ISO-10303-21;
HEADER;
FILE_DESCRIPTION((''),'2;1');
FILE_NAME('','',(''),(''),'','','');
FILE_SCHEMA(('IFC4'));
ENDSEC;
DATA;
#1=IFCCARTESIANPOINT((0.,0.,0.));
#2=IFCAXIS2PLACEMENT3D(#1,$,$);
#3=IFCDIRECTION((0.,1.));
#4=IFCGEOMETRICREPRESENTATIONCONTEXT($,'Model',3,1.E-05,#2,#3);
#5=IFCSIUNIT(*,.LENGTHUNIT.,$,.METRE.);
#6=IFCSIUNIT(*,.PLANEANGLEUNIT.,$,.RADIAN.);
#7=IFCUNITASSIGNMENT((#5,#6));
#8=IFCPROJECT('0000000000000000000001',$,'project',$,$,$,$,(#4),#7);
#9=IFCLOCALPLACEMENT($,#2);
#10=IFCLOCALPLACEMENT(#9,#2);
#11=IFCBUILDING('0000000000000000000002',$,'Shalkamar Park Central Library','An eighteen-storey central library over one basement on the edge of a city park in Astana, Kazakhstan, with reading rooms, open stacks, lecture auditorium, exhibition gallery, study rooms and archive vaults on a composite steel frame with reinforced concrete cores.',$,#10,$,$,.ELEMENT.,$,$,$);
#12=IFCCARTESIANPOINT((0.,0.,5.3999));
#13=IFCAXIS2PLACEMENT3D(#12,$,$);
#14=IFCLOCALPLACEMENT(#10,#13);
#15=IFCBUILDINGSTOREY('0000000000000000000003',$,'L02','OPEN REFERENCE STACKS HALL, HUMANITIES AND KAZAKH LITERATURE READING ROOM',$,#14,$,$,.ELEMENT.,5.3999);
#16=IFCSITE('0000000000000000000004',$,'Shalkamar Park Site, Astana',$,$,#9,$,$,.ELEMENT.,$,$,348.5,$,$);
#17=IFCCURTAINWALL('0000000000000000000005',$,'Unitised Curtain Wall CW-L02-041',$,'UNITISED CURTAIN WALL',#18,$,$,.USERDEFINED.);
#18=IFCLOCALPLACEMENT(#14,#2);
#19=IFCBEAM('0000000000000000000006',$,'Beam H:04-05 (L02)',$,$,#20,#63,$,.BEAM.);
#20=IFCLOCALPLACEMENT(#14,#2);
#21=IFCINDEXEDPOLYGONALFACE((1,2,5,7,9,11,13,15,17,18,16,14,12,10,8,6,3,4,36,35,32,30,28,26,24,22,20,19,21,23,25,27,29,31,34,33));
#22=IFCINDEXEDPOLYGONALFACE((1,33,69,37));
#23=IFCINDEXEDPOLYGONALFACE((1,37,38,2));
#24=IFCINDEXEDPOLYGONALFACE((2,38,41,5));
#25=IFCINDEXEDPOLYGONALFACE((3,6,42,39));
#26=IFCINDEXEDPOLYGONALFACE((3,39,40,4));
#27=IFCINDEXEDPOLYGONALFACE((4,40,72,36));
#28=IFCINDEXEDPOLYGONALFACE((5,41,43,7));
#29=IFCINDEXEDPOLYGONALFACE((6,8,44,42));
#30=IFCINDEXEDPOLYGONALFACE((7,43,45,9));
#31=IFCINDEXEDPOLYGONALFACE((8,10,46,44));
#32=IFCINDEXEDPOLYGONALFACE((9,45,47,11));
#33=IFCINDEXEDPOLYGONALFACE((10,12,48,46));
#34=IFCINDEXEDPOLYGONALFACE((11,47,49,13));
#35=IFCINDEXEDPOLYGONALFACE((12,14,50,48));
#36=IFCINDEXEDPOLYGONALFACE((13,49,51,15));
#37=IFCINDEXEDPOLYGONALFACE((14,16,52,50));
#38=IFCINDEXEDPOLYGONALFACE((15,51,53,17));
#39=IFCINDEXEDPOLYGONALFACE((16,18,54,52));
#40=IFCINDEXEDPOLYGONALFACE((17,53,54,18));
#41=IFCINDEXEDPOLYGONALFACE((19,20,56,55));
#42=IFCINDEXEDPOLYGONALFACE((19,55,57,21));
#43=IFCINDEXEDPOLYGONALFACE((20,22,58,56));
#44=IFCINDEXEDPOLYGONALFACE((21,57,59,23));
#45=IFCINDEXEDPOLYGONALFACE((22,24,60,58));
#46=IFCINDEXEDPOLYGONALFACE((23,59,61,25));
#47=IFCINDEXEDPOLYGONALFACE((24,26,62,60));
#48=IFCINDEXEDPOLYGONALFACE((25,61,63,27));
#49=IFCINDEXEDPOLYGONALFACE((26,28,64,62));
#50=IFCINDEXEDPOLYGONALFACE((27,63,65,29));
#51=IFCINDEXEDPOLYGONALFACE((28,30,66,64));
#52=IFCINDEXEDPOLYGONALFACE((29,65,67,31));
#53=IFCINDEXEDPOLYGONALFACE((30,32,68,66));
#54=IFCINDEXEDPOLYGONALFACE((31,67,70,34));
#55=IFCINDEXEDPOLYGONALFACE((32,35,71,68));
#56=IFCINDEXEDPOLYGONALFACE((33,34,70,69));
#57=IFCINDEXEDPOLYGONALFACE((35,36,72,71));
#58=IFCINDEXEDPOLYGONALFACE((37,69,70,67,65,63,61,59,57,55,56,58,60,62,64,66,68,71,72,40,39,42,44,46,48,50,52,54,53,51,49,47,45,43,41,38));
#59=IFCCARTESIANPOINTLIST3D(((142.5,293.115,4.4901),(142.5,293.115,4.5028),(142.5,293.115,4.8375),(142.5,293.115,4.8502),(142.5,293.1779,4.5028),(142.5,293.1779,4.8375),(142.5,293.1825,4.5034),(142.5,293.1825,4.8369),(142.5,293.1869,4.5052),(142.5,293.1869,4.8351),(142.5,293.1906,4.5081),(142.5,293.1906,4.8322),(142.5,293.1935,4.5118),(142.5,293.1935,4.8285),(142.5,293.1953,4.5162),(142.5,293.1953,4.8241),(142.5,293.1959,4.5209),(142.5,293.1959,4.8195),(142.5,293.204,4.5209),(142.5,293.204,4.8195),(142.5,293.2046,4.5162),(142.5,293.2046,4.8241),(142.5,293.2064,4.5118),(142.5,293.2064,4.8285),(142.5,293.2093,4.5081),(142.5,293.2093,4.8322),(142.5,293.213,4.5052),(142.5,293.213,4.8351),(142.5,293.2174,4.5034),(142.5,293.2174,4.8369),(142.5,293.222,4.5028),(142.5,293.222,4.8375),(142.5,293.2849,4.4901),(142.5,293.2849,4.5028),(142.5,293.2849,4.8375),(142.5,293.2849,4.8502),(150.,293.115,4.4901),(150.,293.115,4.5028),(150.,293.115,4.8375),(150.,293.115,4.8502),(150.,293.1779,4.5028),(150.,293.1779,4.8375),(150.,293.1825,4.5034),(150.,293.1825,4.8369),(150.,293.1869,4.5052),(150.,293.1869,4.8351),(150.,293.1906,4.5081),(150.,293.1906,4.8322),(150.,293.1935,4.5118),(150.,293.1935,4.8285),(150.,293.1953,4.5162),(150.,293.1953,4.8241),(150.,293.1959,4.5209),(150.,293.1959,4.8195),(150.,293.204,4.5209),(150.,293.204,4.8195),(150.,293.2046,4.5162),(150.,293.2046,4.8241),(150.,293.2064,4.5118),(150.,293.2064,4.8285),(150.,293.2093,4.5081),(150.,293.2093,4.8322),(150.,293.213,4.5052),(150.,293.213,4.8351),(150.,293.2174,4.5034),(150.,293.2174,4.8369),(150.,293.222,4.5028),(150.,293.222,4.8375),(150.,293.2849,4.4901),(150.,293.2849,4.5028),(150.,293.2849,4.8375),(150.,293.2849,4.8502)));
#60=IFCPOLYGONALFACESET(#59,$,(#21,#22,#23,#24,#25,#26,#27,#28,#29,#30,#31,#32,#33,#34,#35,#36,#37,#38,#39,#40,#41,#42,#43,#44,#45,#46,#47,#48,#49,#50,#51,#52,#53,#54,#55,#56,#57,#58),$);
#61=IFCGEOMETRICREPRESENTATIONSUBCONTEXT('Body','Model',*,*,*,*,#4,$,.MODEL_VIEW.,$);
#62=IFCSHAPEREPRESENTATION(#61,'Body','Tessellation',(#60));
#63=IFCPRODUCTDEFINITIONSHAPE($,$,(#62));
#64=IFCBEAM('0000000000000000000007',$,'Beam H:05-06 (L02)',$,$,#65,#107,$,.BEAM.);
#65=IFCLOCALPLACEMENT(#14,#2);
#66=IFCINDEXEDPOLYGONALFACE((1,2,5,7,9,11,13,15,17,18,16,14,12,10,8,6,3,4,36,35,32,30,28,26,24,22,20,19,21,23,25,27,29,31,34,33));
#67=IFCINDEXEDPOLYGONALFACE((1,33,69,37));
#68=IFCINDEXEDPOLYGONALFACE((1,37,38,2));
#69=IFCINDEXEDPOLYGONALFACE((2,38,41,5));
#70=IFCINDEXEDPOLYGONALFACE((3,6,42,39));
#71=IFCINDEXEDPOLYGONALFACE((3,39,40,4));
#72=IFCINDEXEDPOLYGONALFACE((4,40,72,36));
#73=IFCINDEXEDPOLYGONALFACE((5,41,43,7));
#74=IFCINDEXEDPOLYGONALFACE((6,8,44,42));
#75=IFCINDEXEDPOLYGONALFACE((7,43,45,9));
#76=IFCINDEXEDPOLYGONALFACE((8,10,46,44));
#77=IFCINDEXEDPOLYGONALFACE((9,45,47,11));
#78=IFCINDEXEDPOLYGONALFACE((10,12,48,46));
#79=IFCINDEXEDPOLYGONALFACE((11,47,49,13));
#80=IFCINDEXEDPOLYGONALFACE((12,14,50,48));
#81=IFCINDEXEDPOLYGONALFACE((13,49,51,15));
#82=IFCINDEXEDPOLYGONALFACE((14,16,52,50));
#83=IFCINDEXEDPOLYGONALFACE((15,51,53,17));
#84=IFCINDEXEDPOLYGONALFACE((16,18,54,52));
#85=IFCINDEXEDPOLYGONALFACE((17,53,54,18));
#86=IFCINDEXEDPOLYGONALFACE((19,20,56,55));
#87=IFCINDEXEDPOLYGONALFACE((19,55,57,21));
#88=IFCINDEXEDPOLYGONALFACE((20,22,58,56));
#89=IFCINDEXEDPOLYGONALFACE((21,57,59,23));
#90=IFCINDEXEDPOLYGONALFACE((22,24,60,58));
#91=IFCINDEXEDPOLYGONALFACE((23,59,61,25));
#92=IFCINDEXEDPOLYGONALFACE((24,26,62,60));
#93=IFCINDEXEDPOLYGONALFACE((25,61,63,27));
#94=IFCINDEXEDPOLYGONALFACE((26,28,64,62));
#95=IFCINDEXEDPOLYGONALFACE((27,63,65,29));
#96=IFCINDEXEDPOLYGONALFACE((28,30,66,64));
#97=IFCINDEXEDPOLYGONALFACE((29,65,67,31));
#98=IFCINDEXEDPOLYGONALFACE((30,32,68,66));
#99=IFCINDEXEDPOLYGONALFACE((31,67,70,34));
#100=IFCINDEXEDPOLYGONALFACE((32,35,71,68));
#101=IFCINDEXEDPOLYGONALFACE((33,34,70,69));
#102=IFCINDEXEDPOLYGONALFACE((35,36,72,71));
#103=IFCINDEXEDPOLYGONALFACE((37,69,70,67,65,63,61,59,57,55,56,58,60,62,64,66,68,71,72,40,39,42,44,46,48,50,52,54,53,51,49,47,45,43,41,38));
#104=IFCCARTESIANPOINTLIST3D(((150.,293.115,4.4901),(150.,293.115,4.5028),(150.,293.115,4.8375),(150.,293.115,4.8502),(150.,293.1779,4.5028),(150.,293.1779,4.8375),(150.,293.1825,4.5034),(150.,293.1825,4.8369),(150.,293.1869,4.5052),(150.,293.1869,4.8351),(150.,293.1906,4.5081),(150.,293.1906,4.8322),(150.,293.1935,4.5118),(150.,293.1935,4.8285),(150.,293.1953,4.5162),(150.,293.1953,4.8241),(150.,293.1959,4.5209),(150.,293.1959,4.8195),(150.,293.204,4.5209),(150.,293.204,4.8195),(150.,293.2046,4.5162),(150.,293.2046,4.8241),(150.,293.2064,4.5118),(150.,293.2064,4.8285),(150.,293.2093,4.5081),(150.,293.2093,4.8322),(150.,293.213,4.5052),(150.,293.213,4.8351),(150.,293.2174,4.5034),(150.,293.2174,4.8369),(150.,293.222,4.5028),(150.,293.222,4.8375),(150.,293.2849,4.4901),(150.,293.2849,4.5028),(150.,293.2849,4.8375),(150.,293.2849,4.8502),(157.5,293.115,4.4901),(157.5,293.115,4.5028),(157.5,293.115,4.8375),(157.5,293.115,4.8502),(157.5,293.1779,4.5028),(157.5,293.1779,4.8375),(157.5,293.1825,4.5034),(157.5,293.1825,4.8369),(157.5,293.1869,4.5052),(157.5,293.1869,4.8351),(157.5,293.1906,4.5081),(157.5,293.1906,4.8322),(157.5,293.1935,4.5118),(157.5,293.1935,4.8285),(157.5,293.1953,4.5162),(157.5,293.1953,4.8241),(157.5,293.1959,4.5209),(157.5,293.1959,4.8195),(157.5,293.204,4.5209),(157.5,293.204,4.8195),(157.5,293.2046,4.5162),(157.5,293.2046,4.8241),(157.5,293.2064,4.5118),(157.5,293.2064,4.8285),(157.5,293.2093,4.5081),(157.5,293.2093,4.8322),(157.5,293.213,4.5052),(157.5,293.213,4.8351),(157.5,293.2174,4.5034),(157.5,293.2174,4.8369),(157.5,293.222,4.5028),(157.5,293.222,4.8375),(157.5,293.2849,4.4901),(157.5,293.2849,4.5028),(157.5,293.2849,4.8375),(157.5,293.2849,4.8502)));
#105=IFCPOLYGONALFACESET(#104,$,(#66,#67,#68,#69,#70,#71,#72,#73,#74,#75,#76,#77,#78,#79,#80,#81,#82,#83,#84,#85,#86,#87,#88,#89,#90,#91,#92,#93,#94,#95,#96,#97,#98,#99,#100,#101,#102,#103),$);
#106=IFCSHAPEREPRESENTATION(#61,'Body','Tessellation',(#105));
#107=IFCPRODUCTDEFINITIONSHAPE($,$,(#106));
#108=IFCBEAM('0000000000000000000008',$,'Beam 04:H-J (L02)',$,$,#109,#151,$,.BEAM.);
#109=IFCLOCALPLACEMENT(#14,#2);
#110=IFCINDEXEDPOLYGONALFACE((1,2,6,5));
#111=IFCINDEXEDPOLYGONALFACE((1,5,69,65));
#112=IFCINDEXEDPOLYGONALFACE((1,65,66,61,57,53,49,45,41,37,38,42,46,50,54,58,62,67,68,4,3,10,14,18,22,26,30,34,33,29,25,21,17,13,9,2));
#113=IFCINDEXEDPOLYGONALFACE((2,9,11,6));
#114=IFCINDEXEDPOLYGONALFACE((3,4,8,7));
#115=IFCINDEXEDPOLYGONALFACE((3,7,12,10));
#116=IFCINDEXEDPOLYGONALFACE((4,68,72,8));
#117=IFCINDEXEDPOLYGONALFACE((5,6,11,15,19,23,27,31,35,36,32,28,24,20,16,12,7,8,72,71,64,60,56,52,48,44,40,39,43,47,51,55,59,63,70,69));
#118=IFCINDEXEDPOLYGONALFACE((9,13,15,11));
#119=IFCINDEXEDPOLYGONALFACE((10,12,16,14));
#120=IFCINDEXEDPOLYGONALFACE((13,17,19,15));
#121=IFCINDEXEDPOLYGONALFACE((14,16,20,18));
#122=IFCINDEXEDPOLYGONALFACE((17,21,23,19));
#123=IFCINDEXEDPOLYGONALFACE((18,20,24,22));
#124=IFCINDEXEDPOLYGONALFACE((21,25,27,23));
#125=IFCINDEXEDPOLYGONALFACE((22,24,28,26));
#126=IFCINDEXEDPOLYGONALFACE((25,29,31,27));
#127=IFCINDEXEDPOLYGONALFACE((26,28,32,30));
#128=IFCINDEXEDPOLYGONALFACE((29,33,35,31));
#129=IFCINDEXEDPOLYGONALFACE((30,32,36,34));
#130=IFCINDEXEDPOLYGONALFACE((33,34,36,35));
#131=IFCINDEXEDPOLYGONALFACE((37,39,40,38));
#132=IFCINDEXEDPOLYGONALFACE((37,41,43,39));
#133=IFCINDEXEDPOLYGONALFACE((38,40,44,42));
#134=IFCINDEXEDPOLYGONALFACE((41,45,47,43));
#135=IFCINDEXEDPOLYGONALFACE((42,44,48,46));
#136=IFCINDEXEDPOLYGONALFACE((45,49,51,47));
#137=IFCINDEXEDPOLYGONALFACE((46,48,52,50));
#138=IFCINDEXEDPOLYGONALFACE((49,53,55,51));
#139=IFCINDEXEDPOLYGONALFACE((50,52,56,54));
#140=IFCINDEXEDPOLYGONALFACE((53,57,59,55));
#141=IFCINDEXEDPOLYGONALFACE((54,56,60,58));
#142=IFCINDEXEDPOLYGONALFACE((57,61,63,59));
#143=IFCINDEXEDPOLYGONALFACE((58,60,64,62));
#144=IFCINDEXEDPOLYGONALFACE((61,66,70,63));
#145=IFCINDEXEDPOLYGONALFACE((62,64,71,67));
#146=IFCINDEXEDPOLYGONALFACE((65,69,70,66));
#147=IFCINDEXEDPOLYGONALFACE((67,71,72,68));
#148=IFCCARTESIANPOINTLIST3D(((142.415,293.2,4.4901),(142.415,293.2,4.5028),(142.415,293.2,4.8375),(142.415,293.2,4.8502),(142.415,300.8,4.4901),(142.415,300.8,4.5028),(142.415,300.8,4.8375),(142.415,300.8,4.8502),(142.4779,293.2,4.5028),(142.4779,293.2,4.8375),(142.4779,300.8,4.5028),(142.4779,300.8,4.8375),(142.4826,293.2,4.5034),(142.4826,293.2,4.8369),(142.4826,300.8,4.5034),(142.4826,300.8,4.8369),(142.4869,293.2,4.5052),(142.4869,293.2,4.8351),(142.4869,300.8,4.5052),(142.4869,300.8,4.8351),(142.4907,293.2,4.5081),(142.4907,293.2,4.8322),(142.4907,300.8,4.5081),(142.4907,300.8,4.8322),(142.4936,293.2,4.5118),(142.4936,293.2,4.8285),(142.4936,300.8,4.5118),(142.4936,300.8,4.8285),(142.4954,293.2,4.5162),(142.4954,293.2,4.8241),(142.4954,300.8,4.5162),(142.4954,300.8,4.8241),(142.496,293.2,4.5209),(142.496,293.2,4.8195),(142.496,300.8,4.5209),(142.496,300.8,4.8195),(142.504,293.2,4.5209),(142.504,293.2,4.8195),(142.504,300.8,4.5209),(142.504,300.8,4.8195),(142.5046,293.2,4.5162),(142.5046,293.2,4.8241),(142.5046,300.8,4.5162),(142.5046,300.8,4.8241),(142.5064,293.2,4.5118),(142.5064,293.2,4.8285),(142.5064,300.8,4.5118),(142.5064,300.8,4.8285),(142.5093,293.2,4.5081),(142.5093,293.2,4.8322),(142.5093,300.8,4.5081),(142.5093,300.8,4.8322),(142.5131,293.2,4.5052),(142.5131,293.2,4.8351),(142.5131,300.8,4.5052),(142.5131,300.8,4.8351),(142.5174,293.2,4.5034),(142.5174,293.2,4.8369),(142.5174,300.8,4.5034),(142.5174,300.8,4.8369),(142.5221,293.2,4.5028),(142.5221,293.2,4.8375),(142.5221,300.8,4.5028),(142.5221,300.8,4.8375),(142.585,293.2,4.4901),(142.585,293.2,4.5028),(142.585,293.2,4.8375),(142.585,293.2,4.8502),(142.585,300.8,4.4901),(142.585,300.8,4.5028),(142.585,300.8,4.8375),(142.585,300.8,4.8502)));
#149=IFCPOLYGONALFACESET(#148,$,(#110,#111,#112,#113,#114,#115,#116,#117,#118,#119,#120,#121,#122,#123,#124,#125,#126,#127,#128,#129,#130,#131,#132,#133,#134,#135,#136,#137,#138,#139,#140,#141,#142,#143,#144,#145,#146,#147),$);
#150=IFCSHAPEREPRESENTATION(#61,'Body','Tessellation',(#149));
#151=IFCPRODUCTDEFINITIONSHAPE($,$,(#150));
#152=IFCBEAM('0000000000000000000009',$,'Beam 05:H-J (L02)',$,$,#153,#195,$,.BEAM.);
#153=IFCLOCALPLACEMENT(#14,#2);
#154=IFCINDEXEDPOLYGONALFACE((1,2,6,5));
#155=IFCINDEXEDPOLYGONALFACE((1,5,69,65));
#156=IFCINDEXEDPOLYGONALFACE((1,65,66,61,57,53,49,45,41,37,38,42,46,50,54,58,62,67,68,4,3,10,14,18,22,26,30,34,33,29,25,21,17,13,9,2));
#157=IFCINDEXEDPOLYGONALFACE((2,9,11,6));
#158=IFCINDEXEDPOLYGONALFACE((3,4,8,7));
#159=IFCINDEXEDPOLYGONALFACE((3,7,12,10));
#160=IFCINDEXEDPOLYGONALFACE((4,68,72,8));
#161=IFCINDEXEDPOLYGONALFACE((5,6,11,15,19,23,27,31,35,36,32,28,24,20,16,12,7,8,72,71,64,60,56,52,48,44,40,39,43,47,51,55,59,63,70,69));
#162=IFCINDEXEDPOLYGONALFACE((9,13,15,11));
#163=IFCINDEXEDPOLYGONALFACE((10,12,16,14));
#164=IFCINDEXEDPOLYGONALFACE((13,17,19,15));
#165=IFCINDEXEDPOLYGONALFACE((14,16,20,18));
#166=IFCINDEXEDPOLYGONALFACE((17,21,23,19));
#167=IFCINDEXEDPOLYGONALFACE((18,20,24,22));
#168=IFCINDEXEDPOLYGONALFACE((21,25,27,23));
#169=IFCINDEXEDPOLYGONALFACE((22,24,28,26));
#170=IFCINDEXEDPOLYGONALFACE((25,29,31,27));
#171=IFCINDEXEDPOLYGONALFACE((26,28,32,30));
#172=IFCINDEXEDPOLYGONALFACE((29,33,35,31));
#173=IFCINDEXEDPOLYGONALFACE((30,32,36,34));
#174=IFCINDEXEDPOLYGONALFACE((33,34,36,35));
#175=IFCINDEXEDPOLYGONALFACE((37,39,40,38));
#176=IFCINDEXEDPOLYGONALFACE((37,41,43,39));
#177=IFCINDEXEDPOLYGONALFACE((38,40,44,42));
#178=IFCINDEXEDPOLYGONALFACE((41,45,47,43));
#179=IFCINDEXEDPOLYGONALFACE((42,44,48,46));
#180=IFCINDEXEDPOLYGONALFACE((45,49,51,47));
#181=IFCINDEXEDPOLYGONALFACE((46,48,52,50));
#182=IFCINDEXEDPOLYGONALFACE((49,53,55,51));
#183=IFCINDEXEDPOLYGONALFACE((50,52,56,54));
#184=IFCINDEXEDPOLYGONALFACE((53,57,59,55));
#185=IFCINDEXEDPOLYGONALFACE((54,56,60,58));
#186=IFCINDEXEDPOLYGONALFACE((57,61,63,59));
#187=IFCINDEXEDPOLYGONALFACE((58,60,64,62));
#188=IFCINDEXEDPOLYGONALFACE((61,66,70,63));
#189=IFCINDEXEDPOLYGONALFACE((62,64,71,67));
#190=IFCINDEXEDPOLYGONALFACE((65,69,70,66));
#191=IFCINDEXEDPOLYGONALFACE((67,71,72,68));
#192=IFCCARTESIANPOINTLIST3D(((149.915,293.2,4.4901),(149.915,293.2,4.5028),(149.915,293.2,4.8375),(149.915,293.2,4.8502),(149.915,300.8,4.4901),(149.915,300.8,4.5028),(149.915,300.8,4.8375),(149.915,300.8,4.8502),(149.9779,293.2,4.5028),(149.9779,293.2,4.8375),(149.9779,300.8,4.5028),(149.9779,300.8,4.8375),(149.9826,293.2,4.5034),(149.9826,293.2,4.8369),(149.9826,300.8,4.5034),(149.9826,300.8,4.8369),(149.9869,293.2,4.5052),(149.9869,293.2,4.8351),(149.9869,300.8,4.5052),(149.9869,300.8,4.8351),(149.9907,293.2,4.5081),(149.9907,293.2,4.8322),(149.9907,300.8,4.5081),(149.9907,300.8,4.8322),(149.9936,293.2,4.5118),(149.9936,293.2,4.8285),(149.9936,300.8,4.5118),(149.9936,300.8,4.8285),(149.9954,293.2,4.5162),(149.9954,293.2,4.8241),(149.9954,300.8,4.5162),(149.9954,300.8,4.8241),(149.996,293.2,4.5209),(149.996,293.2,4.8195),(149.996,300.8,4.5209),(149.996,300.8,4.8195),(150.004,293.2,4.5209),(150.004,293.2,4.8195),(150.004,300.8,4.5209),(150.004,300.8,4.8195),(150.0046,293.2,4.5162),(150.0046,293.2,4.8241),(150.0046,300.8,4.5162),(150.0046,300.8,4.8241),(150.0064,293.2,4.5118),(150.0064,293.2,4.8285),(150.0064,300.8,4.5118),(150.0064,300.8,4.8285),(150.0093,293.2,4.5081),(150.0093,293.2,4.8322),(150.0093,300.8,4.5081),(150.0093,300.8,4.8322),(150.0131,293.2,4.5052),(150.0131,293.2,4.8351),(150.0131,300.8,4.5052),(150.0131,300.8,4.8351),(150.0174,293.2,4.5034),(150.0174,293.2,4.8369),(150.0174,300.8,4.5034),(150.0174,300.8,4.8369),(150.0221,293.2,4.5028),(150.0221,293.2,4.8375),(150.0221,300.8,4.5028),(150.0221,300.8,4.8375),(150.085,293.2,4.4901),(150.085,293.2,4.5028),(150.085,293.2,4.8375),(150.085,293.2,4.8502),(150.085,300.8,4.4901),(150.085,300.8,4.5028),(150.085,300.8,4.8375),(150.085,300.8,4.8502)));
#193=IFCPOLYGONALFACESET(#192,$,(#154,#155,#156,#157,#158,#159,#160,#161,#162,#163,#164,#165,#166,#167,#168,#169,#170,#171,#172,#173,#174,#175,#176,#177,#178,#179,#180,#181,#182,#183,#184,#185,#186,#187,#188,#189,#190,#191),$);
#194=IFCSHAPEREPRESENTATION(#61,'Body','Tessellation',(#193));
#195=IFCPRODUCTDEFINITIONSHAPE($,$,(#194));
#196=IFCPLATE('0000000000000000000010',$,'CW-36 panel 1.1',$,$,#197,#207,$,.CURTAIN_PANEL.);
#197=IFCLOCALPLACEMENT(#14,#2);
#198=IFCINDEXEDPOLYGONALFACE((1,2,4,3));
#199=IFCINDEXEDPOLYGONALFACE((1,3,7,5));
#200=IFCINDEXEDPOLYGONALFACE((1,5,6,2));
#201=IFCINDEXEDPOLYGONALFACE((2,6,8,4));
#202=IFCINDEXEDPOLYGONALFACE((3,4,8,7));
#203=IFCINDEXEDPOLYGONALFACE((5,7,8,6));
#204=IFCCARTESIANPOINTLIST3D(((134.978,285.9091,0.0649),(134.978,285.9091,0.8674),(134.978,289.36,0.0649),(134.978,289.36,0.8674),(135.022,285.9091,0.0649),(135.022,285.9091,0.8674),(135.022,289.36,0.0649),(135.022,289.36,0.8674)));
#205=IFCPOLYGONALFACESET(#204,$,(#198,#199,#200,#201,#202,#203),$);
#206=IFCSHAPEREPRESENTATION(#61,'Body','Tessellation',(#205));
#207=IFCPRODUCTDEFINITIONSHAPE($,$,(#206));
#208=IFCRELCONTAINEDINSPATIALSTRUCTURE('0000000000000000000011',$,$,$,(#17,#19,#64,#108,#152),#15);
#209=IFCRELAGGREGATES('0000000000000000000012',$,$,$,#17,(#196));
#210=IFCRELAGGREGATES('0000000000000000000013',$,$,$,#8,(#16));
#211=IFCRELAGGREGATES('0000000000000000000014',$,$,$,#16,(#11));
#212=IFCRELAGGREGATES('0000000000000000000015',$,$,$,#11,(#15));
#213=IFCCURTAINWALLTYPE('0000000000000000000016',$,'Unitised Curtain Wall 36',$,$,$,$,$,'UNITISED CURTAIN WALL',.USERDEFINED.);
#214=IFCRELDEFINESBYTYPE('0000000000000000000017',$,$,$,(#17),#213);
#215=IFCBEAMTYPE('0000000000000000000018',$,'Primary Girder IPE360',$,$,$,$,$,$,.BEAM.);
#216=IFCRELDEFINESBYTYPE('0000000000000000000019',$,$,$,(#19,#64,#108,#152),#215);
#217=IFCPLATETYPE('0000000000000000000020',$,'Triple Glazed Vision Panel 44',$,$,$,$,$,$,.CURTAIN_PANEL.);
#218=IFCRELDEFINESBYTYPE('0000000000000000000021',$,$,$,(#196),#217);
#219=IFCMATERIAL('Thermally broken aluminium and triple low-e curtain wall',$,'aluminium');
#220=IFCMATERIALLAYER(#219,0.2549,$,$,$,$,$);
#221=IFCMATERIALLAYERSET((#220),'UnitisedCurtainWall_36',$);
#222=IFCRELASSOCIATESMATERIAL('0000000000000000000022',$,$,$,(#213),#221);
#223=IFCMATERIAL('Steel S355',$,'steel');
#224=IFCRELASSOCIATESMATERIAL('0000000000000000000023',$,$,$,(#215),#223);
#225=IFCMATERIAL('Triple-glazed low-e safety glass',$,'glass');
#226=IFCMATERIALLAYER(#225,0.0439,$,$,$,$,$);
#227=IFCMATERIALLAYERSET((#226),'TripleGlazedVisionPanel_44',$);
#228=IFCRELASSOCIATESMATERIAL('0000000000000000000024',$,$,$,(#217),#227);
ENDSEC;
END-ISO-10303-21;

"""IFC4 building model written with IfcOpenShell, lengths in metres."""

from ifc_helpers import new_model, si_unit, direction, frame, origin, origin_2d, place, context, subcontext, project, spatial, rectangle, i_section, extrude, material, layer, layer_set, material_profile, profile_set, type_object, element, aggregate, save


model = new_model("IFC4")

# Units and contexts
model_context = context("Model", 3, precision=1e-05, world=origin(), true_north=direction((0.0, 1.0)))
body_context = subcontext(model_context, "Body", "Model", "MODEL_VIEW")
ifc_project = project(units=[si_unit("LENGTHUNIT", "METRE"), si_unit("PLANEANGLEUNIT", "RADIAN")], contexts=[model_context])

# Site, building, storey
site_placement = place(None, origin())
site = spatial("IfcSite", under=ifc_project, at=site_placement, Name="Shalkamar Park Site, Astana", CompositionType="ELEMENT", RefElevation=348.5)
building_placement = place(site_placement, origin())
building = spatial("IfcBuilding", under=site, at=building_placement, Name="Shalkamar Park Central Library", Description="An eighteen-storey central library over one basement on the edge of a city park in Astana, Kazakhstan, with reading rooms, open stacks, lecture auditorium, exhibition gallery, study rooms and archive vaults on a composite steel frame with reinforced concrete cores.", CompositionType="ELEMENT")
storey_placement = place(building_placement, frame((0.0, 0.0, 5.3999)))
storey = spatial("IfcBuildingStorey", under=building, at=storey_placement, Name="L02", Description="OPEN REFERENCE STACKS HALL, HUMANITIES AND KAZAKH LITERATURE READING ROOM", CompositionType="ELEMENT", Elevation=5.3999)

# Shared definitions
ifc_material_1 = material(Name="Steel S355", Category="steel")

# Curtain wall
ifc_material_2 = material(Name="Thermally broken aluminium and triple low-e curtain wall", Category="aluminium")
ifc_layer_1 = layer(ifc_material_2, 0.2549)
ifc_layer_set_1 = layer_set([ifc_layer_1], Name="UnitisedCurtainWall_36")
curtain_wall_type = type_object("IfcCurtainWallType", Name="Unitised Curtain Wall 36", ElementType="UNITISED CURTAIN WALL", PredefinedType="USERDEFINED", material=ifc_layer_set_1)
curtain_wall_placement = place(storey_placement, origin())
curtain_wall = element("IfcCurtainWall", 1, at=curtain_wall_placement, inside=storey, type_object=curtain_wall_type, Name="Unitised Curtain Wall CW-L02-041", ObjectType="UNITISED CURTAIN WALL", PredefinedType="USERDEFINED")

# Beams
ifc_material_profile_1 = material_profile(ifc_material_1, i_section(OverallWidth=0.1699, OverallDepth=0.3601, WebThickness=0.0081, FlangeThickness=0.0127, FilletRadius=0.0181, at=origin_2d()), Name="IPE 360")
ifc_profile_set_1 = profile_set([ifc_material_profile_1], Name="Steel S355")
beam_type_1 = type_object("IfcBeamType", Name="Primary Girder IPE360", PredefinedType="BEAM", material=ifc_profile_set_1)
for number, where, z_axis, x_axis, name in (
    (2, (142.5, 293.2, 4.6702), (1.0, 0.0, 0.0), (0.0, 1.0, 0.0), "Beam H:04-05 (L02)"),
    (3, (150.0, 293.2, 4.6702), (1.0, 0.0, 0.0), (0.0, 1.0, 0.0), "Beam H:05-06 (L02)"),
):
    element("IfcBeam", number, at=place(storey_placement, frame(where, z_axis=z_axis, x_axis=x_axis)), inside=storey, type_object=beam_type_1, Name=name, PredefinedType="BEAM", context=body_context, shape_type="SweptSolid", body=[
        extrude(i_section(OverallWidth=0.1699, OverallDepth=0.3601, WebThickness=0.0081, FlangeThickness=0.0127, FilletRadius=0.0181, at=origin_2d()), origin(), (0.0, 0.0, 1.0), 7.5),
    ])
for number, where, z_axis, x_axis, name in (
    (4, (142.5, 293.2, 4.6702), (0.0, 1.0, 0.0), (-1.0, 0.0, 0.0), "Beam 04:H-J (L02)"),
    (5, (150.0, 293.2, 4.6702), (0.0, 1.0, 0.0), (-1.0, 0.0, 0.0), "Beam 05:H-J (L02)"),
):
    element("IfcBeam", number, at=place(storey_placement, frame(where, z_axis=z_axis, x_axis=x_axis)), inside=storey, type_object=beam_type_1, Name=name, PredefinedType="BEAM", context=body_context, shape_type="SweptSolid", body=[
        extrude(i_section(OverallWidth=0.1699, OverallDepth=0.3601, WebThickness=0.0081, FlangeThickness=0.0127, FilletRadius=0.0181, at=origin_2d()), origin(), (0.0, 0.0, 1.0), 7.6001),
    ])

# Plate
ifc_material_3 = material(Name="Triple-glazed low-e safety glass", Category="glass")
ifc_layer_2 = layer(ifc_material_3, 0.0439)
ifc_layer_set_2 = layer_set([ifc_layer_2], Name="TripleGlazedVisionPanel_44")
plate_type = type_object("IfcPlateType", Name="Triple Glazed Vision Panel 44", PredefinedType="CURTAIN_PANEL", material=ifc_layer_set_2)
plate_1_placement = place(storey_placement, frame((135.0, 287.6345, 0.0649), z_axis=(0.0, 0.0, 1.0), x_axis=(0.0, 1.0, 0.0)))
plate_1 = element("IfcPlate", 6, at=plate_1_placement, type_object=plate_type, Name="CW-36 panel 1.1", PredefinedType="CURTAIN_PANEL", context=body_context, shape_type="SweptSolid", body=[
    extrude(rectangle(XDim=3.4509, YDim=0.0439, at=origin_2d()), origin(), (0.0, 0.0, 1.0), 0.8025),
])
aggregate(curtain_wall, [plate_1])

save(model, "model.ifc")
